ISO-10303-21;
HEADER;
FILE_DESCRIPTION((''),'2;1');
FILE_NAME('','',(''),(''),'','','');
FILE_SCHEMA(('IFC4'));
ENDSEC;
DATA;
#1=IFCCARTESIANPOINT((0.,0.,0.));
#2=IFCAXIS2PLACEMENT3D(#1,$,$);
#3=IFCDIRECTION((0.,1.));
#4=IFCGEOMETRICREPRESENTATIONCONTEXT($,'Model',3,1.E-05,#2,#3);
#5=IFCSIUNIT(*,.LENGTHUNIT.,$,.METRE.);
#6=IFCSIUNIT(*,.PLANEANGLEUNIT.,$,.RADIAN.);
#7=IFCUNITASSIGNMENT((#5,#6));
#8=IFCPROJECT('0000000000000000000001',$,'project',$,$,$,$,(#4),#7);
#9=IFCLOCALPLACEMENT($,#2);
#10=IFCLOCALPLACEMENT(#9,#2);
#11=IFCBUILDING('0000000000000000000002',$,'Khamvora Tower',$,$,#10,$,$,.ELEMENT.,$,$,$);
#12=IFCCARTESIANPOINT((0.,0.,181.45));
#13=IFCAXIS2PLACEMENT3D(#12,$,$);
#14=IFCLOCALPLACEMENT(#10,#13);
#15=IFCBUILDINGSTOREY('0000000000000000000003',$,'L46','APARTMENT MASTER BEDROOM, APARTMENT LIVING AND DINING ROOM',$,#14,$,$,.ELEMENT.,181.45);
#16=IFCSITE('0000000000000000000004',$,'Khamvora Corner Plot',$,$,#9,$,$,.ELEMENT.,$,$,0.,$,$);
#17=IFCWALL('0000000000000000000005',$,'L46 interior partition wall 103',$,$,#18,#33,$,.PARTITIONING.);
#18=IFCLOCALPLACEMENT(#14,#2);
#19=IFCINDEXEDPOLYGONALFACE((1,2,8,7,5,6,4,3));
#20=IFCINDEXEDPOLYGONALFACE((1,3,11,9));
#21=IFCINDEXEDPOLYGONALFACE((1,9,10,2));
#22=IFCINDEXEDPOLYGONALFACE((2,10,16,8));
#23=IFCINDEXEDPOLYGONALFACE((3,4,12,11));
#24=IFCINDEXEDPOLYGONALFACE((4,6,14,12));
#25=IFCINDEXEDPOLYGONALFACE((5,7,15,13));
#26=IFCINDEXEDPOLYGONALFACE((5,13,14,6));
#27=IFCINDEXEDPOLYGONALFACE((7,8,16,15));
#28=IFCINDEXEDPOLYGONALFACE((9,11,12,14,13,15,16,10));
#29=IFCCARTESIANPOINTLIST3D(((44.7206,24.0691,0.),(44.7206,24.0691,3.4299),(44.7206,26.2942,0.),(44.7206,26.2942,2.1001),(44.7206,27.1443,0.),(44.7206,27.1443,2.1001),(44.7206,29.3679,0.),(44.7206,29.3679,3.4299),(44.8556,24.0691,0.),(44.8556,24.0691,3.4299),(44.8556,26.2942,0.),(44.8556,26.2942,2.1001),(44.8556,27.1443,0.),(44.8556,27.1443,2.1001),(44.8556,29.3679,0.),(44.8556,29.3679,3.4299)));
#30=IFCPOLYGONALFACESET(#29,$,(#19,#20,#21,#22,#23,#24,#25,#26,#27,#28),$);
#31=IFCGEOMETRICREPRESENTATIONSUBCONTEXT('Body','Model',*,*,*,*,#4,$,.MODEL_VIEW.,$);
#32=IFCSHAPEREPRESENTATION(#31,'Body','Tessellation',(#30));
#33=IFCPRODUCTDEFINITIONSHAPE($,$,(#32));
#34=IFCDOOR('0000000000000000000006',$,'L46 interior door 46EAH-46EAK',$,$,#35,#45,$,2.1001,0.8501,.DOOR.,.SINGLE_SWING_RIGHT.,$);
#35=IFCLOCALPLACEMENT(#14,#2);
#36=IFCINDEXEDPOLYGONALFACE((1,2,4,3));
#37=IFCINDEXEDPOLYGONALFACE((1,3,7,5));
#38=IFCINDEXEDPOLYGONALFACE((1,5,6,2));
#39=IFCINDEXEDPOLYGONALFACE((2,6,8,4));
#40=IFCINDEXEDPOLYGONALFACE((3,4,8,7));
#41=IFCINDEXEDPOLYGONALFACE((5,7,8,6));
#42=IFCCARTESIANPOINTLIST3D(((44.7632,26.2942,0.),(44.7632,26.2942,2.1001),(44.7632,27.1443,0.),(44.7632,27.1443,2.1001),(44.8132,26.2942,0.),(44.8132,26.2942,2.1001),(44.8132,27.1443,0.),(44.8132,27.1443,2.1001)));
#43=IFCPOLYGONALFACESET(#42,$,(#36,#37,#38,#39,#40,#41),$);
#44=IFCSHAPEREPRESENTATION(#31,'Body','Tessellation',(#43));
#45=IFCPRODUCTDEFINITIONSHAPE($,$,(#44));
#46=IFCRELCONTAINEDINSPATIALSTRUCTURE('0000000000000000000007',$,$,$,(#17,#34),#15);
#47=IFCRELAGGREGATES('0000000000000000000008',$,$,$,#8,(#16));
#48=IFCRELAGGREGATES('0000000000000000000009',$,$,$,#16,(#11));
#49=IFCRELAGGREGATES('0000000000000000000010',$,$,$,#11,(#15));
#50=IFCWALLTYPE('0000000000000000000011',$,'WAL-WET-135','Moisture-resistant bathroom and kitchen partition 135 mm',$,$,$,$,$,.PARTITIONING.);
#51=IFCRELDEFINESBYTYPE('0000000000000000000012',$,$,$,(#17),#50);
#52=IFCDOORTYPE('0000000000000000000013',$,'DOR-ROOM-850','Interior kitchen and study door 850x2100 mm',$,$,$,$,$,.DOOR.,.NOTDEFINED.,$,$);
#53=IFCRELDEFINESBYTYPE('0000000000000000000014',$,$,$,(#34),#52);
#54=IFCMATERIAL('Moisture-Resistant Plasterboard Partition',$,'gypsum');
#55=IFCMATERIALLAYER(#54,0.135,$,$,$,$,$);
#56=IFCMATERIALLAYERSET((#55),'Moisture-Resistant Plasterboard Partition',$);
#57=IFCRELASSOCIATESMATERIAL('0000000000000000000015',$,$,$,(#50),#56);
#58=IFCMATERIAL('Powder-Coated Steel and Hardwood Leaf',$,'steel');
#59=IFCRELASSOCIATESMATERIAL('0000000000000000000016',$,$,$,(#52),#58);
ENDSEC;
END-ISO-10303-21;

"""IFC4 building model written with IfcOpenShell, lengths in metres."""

from ifc_helpers import new_model, si_unit, direction, frame, frame_2d, origin, place, context, subcontext, project, spatial, rectangle, extrude, material, layer, layer_set, type_object, element, fill, save


model = new_model("IFC4")

# Units and contexts
model_context = context("Model", 3, precision=1e-05, world=origin(), true_north=direction((0.0, 1.0)))
body_context = subcontext(model_context, "Body", "Model", "MODEL_VIEW")
ifc_project = project(units=[si_unit("LENGTHUNIT", "METRE"), si_unit("PLANEANGLEUNIT", "RADIAN")], contexts=[model_context])

# Site, building, storey
site_placement = place(None, origin())
site = spatial("IfcSite", under=ifc_project, at=site_placement, Name="Khamvora Corner Plot", CompositionType="ELEMENT", RefElevation=0.0)
building_placement = place(site_placement, origin())
building = spatial("IfcBuilding", under=site, at=building_placement, Name="Khamvora Tower", CompositionType="ELEMENT")
storey_placement = place(building_placement, frame((0.0, 0.0, 181.45)))
storey = spatial("IfcBuildingStorey", under=building, at=storey_placement, Name="L46", Description="APARTMENT MASTER BEDROOM, APARTMENT LIVING AND DINING ROOM", CompositionType="ELEMENT", Elevation=181.45)

# Shared definitions
ifc_material_1 = material(Name="Powder-Coated Steel and Hardwood Leaf", Category="steel")

# Shared definitions
ifc_material_2 = material(Name="Moisture-Resistant Plasterboard Partition", Category="gypsum")
ifc_layer_1 = layer(ifc_material_2, 0.135)
ifc_layer_set_1 = layer_set([ifc_layer_1], Name="Moisture-Resistant Plasterboard Partition")
wall_type_1 = type_object("IfcWallType", Name="WAL-WET-135", Description="Moisture-resistant bathroom and kitchen partition 135 mm", PredefinedType="PARTITIONING", material=ifc_layer_set_1)

# Wall, opening, door
wall_1_placement = place(storey_placement, frame((44.7881, 24.0691, 0.0), z_axis=(0.0, 0.0, 1.0), x_axis=(0.0, 1.0, 0.0)))
wall_1 = element("IfcWall", 1, at=wall_1_placement, inside=storey, type_object=wall_type_1, Name="L46 interior partition wall 103", PredefinedType="PARTITIONING", context=body_context, shape_type="SweptSolid", body=[
    extrude(rectangle(XDim=5.2988, YDim=0.135, at=frame_2d((2.6494, 0.0))), origin(), (0.0, 0.0, 1.0), 3.4299),
])
opening_1_placement = place(wall_1_placement, frame((2.2251, 0.0, 0.0)))
opening_1 = element("IfcOpeningElement", 2, at=opening_1_placement, cuts=wall_1, PredefinedType="OPENING", context=body_context, shape_type="SweptSolid", body=[
    extrude(rectangle(XDim=0.8501, YDim=2.1001, at=frame_2d((0.425, 1.05))), frame((0.0, 0.0774, 0.0), z_axis=(0.0, -1.0, 0.0), x_axis=(1.0, 0.0, 0.0)), (0.0, 0.0, 1.0), 0.155),
])
door_type_1 = type_object("IfcDoorType", Name="DOR-ROOM-850", Description="Interior kitchen and study door 850x2100 mm", OperationType="NOTDEFINED", PredefinedType="DOOR", material=ifc_material_1)
door_1_placement = place(opening_1_placement, origin())
door_1 = element("IfcDoor", 3, at=door_1_placement, inside=storey, type_object=door_type_1, Name="L46 interior door 46EAH-46EAK", OperationType="SINGLE_SWING_RIGHT", OverallHeight=2.1001, OverallWidth=0.8501, PredefinedType="DOOR", context=body_context, shape_type="SweptSolid", body=[
    extrude(rectangle(XDim=0.8501, YDim=2.1001, at=frame_2d((0.425, 1.05))), frame((0.0, 0.0249, 0.0), z_axis=(0.0, -1.0, 0.0), x_axis=(1.0, 0.0, 0.0)), (0.0, 0.0, 1.0), 0.05),
])
fill(opening_1, door_1)

save(model, "model.ifc")
